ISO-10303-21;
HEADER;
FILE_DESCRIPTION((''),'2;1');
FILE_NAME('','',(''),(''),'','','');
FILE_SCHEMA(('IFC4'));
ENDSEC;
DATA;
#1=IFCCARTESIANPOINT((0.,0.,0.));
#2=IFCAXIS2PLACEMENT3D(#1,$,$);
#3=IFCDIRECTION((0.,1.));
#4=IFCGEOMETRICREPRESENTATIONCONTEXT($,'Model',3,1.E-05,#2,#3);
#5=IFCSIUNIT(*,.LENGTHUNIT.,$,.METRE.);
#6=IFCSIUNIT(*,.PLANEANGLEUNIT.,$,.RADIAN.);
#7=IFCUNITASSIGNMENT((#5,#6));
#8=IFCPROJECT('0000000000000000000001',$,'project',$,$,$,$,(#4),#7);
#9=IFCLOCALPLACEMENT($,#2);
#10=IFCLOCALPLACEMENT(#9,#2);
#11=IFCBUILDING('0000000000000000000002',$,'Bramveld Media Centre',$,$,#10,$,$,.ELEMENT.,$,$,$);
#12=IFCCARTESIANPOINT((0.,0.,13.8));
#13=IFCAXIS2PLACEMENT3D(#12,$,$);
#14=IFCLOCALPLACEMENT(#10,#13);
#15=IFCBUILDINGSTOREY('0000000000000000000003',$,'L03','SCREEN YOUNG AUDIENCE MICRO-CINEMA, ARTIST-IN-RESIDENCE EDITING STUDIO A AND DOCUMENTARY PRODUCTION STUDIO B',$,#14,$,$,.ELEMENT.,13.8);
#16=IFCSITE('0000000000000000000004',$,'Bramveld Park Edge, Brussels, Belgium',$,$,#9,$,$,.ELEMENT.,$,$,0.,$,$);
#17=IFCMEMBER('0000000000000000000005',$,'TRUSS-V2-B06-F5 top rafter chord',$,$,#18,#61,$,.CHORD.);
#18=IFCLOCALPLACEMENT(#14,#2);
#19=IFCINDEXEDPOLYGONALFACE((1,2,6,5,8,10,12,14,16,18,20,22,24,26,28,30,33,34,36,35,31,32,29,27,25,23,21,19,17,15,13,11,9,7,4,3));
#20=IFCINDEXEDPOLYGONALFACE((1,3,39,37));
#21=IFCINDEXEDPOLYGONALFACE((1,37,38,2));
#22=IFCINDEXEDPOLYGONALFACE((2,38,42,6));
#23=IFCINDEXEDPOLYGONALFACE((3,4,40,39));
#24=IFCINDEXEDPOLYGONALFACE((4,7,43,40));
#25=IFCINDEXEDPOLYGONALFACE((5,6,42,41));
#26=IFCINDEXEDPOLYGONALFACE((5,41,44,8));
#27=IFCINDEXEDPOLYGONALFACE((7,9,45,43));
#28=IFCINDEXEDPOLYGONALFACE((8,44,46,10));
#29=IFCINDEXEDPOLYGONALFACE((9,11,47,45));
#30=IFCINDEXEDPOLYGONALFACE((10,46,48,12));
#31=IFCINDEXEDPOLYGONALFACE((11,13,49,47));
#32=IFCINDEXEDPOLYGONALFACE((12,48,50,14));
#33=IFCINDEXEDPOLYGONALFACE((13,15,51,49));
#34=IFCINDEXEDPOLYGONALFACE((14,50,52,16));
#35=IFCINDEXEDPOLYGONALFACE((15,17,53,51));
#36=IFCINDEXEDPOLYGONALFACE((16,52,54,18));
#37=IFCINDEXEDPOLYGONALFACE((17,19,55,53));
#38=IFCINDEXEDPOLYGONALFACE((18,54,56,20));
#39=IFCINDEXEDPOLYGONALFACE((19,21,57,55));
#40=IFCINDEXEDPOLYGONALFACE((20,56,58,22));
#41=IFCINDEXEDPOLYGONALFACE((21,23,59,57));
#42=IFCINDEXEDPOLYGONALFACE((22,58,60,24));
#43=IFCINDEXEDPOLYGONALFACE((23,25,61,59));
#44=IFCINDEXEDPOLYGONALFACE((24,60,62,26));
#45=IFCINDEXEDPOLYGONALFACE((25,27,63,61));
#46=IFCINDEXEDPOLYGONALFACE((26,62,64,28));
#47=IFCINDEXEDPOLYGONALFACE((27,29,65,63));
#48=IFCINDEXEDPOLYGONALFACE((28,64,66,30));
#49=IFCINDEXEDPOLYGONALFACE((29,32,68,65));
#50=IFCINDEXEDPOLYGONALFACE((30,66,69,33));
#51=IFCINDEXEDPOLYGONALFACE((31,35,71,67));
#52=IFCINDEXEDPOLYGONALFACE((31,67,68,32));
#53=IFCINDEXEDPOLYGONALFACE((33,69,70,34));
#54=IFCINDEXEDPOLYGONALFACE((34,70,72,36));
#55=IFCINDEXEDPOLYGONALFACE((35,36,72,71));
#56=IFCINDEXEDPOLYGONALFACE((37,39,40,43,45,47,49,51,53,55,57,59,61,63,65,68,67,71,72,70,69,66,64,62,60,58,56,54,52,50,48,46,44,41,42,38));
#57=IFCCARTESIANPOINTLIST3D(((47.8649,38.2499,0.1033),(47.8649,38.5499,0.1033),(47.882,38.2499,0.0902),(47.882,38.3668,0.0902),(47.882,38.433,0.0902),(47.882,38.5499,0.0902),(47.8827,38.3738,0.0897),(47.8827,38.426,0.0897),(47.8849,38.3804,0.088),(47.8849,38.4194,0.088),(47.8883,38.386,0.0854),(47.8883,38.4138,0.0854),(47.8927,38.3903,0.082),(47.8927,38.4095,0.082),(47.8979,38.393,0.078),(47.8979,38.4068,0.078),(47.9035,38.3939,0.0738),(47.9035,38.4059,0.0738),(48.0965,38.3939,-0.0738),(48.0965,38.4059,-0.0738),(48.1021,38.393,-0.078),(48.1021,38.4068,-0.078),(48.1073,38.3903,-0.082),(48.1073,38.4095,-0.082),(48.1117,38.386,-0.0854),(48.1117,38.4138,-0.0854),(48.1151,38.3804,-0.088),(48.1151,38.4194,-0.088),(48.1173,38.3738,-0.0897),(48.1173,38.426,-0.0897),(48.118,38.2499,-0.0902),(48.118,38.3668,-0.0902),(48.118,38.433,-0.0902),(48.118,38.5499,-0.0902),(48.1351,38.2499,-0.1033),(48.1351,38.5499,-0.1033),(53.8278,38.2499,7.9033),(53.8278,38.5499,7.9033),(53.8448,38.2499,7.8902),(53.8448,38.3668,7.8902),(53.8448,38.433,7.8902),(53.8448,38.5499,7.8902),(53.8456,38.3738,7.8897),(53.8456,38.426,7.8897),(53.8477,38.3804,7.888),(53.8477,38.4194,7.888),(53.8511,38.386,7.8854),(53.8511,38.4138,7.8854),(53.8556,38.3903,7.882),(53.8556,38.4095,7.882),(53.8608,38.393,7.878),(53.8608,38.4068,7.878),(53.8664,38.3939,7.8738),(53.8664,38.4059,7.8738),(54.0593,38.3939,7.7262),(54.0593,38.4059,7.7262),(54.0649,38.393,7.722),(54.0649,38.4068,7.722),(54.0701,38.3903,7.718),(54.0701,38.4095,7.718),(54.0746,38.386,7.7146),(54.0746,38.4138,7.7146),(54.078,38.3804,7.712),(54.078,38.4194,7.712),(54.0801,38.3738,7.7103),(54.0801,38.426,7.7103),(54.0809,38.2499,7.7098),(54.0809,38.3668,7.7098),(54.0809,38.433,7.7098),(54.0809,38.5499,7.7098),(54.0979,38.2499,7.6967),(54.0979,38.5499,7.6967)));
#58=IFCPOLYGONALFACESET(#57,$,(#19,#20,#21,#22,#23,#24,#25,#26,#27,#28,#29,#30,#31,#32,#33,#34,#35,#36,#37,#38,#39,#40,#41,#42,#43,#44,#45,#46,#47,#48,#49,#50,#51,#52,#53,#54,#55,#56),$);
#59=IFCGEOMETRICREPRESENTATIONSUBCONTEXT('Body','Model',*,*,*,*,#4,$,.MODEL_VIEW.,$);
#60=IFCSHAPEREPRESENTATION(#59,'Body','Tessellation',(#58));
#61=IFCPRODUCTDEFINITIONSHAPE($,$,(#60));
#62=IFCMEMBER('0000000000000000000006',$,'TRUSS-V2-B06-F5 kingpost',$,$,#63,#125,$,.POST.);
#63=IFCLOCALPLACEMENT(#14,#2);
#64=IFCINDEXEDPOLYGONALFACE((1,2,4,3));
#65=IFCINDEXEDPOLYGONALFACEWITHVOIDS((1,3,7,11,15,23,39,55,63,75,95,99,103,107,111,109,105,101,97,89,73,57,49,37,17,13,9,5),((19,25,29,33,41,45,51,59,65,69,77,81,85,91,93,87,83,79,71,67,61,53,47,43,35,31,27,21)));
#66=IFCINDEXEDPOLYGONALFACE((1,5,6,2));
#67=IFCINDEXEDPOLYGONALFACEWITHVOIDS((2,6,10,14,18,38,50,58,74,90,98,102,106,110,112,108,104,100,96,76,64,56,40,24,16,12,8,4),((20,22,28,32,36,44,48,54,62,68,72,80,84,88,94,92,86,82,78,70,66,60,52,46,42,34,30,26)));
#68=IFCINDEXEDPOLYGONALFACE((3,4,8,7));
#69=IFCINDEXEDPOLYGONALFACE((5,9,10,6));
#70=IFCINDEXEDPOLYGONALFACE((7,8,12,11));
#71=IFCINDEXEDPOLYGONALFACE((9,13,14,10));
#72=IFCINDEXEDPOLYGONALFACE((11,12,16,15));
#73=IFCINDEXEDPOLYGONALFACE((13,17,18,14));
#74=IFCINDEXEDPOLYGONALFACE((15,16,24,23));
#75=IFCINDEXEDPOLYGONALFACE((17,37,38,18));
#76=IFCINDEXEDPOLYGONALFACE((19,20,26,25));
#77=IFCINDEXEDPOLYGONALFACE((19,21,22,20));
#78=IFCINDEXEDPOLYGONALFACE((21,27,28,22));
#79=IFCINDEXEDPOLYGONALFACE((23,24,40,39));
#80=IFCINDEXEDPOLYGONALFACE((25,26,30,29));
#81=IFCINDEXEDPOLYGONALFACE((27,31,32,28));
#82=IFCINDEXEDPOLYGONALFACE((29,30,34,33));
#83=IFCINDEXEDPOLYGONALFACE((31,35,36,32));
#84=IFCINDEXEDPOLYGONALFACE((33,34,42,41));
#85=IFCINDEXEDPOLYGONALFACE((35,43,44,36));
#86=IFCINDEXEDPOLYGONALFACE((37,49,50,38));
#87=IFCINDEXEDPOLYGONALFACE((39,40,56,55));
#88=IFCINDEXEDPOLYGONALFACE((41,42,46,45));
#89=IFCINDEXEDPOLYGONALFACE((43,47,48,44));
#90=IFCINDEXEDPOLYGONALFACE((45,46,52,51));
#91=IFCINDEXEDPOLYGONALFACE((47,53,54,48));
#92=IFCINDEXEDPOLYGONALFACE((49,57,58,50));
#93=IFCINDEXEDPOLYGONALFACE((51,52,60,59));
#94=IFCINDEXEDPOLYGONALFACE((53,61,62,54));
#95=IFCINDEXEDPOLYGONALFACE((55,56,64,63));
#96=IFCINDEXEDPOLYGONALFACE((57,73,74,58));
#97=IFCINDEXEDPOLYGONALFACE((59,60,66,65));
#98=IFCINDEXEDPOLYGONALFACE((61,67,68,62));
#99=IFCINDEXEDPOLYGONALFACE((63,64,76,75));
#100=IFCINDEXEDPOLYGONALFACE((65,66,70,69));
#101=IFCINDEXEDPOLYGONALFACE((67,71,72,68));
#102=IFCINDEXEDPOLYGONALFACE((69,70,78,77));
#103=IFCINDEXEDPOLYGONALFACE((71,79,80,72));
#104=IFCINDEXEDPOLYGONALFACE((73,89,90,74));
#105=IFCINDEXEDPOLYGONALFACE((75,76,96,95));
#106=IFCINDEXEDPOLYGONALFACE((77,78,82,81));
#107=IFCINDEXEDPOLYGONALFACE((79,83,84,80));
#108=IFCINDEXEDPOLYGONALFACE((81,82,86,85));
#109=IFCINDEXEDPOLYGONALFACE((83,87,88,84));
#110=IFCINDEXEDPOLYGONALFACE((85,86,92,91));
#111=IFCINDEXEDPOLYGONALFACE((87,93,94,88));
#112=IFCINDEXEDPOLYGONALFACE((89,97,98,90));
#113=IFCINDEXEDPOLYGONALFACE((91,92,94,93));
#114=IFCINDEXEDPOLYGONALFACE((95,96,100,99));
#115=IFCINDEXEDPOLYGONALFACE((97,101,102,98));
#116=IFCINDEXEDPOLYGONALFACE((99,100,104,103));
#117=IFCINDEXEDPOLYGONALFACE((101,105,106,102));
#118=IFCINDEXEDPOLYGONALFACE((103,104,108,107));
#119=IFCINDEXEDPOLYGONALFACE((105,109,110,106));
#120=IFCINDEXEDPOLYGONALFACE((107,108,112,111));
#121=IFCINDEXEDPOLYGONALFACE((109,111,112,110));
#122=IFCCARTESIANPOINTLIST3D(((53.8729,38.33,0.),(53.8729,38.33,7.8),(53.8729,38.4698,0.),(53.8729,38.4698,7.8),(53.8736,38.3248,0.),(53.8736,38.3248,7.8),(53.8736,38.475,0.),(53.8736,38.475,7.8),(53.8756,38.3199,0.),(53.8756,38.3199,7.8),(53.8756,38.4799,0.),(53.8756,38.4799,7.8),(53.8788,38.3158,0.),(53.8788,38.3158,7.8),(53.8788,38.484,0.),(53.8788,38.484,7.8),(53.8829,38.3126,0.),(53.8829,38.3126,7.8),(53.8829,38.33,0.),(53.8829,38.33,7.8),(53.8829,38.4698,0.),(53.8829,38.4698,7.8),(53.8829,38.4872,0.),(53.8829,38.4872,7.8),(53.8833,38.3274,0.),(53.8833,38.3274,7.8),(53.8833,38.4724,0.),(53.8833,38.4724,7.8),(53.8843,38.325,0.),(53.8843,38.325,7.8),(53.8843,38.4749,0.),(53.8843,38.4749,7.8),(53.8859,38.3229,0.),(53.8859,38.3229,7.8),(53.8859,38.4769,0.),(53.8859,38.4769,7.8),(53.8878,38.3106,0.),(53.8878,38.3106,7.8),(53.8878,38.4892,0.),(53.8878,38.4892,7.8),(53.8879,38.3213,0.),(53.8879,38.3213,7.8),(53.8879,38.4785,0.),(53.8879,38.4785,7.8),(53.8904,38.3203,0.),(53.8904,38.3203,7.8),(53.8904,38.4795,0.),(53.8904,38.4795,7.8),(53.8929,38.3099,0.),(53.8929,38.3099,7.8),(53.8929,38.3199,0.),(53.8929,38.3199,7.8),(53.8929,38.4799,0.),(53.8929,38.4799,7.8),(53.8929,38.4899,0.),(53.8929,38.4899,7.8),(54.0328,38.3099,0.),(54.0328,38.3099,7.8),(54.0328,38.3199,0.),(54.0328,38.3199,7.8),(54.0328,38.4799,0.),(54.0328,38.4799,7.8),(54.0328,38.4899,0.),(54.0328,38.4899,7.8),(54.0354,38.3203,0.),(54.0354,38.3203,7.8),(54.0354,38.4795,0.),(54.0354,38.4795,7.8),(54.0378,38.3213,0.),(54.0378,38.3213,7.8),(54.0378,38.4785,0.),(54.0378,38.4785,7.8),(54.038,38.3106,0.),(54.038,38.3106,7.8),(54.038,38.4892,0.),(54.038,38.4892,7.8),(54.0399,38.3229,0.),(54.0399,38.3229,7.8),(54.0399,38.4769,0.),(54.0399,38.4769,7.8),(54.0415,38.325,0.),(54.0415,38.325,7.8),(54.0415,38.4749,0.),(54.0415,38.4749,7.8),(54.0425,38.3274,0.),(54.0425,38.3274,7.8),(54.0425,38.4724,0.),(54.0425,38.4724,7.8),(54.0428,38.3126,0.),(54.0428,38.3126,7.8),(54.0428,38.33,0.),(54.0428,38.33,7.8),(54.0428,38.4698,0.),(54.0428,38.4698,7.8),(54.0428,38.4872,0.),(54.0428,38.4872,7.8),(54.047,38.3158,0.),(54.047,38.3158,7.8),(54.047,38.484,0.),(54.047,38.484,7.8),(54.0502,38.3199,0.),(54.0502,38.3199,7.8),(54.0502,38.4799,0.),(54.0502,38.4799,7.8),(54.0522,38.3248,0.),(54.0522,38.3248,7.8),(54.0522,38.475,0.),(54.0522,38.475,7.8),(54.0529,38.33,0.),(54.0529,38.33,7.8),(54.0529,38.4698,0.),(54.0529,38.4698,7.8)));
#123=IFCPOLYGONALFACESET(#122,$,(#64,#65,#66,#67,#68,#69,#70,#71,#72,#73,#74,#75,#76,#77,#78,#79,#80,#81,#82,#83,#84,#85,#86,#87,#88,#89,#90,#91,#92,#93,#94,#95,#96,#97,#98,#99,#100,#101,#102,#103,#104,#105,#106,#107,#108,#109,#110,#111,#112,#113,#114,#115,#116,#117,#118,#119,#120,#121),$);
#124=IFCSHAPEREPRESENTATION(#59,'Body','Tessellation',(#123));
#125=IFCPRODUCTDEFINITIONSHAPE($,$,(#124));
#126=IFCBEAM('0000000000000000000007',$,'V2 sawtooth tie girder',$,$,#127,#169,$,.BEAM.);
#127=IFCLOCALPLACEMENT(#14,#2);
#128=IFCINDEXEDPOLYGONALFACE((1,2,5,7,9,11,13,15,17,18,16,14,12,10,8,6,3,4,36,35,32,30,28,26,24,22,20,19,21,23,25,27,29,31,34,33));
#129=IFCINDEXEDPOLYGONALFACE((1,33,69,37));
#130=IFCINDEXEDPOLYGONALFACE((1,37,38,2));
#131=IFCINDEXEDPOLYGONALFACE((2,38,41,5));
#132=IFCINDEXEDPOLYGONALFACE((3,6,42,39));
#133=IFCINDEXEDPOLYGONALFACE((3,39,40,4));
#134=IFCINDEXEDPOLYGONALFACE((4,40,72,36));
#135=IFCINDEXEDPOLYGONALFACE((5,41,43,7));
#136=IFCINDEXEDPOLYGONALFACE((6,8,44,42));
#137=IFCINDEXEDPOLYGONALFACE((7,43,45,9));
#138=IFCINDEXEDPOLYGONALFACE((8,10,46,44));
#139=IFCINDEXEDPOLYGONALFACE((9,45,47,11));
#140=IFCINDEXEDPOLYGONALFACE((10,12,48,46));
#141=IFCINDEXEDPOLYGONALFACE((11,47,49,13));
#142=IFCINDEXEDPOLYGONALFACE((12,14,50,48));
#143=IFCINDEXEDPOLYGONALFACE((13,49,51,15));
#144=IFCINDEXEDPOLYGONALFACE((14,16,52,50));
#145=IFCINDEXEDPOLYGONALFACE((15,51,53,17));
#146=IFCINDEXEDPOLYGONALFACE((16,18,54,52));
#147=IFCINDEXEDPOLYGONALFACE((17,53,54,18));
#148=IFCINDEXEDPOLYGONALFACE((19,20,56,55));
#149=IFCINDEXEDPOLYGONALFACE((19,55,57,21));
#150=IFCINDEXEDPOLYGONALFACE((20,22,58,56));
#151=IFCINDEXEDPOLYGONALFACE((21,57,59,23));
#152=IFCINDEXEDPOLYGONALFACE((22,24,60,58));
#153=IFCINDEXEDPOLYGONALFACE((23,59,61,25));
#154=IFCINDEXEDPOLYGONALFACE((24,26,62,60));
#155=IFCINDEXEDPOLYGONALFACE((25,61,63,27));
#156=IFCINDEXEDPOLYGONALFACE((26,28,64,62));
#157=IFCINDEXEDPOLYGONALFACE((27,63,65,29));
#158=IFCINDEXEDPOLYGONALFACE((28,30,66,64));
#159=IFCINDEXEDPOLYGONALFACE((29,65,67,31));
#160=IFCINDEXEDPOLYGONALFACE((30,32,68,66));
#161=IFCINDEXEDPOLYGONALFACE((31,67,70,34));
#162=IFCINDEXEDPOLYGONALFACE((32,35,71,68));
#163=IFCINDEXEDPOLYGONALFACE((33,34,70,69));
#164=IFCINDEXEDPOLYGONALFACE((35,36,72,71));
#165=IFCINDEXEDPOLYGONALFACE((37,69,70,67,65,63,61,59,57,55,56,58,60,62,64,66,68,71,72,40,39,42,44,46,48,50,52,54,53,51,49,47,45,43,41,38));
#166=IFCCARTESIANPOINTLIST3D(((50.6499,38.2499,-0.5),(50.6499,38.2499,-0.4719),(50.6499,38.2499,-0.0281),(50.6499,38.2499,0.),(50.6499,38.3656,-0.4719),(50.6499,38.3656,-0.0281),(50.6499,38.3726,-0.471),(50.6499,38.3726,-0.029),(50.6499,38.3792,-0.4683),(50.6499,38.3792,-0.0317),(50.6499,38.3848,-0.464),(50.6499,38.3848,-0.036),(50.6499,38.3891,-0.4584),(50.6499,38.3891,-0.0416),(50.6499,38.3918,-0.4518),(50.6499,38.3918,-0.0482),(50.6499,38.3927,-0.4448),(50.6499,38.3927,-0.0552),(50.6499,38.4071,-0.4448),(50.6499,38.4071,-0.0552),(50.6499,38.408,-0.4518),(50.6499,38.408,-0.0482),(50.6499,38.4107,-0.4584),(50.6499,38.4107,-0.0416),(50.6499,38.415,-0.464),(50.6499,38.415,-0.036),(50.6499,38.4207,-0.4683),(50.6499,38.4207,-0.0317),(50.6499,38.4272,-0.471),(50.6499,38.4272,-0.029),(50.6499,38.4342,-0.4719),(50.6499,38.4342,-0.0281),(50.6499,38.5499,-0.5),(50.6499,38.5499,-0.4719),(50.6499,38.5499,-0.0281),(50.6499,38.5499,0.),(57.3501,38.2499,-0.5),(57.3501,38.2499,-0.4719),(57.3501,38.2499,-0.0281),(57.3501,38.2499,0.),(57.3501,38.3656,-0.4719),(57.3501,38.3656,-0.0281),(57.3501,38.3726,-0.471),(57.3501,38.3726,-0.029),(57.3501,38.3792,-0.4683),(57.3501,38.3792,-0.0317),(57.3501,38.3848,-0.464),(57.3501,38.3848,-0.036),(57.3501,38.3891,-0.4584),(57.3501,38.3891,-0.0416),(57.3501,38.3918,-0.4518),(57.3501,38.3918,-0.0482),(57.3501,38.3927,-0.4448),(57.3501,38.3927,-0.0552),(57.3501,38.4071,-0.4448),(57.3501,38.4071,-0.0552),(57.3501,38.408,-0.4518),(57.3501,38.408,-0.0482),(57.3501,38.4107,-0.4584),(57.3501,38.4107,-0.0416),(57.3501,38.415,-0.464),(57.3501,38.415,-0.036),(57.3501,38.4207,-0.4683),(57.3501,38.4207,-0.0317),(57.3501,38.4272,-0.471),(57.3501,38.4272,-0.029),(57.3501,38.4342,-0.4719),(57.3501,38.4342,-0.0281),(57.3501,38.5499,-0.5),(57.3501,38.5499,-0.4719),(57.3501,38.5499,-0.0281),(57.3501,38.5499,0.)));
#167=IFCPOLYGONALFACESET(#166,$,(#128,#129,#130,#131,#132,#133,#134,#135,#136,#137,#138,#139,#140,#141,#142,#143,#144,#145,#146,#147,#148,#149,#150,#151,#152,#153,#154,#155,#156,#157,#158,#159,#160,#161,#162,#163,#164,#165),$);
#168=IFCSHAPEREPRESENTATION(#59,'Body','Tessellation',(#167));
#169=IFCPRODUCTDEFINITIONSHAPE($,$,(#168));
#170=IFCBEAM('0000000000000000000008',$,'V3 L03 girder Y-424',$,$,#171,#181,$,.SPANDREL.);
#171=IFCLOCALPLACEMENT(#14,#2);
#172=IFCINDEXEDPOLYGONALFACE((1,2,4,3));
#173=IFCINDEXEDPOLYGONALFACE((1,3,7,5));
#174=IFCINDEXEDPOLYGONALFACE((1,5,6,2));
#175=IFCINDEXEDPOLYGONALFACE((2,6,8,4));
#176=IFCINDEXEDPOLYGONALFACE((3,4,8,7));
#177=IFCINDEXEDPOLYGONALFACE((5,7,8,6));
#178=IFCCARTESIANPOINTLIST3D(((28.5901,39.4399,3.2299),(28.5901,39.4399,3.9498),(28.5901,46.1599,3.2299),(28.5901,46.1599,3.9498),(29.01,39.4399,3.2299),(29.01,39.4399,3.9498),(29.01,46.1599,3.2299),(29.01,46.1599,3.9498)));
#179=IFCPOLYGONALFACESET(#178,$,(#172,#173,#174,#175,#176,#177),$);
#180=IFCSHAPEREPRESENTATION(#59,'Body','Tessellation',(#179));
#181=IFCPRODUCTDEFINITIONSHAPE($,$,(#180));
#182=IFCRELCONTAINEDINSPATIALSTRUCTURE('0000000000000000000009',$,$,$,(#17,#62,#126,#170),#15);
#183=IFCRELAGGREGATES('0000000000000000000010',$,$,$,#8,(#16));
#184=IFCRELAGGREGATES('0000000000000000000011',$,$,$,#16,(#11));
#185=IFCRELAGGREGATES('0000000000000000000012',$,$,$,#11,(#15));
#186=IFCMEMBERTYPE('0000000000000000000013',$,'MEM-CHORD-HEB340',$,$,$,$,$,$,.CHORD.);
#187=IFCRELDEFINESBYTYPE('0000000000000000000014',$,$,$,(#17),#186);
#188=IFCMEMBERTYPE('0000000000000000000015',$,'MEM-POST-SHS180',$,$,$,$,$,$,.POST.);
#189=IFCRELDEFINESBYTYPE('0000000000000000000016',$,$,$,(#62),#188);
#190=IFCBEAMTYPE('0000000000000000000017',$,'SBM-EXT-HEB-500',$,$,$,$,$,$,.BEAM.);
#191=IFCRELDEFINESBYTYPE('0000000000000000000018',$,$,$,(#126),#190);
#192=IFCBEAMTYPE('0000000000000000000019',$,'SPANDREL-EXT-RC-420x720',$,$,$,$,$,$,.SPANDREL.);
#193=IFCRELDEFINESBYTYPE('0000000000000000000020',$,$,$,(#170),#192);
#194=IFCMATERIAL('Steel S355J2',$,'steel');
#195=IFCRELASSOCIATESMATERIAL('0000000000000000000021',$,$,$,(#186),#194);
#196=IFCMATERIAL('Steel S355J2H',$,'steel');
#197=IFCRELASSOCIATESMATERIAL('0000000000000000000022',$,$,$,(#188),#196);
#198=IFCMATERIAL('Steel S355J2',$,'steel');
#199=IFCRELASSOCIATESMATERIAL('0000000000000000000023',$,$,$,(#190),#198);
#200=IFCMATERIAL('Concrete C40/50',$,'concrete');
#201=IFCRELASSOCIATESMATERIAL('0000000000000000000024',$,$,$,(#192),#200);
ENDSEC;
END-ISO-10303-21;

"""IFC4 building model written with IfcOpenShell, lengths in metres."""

from ifc_helpers import new_model, si_unit, direction, frame, origin, origin_2d, place, context, subcontext, project, spatial, rectangle, hollow_rectangle, i_section, extrude, material, material_profile, profile_set, type_object, element, save


model = new_model("IFC4")

# Units and contexts
model_context = context("Model", 3, precision=1e-05, world=origin(), true_north=direction((0.0, 1.0)))
body_context = subcontext(model_context, "Body", "Model", "MODEL_VIEW")
ifc_project = project(units=[si_unit("LENGTHUNIT", "METRE"), si_unit("PLANEANGLEUNIT", "RADIAN")], contexts=[model_context])

# Site, building, storey
site_placement = place(None, origin())
site = spatial("IfcSite", under=ifc_project, at=site_placement, Name="Bramveld Park Edge, Brussels, Belgium", CompositionType="ELEMENT", RefElevation=0.0)
building_placement = place(site_placement, origin())
building = spatial("IfcBuilding", under=site, at=building_placement, Name="Bramveld Media Centre", CompositionType="ELEMENT")
storey_placement = place(building_placement, frame((0.0, 0.0, 13.8)))
storey = spatial("IfcBuildingStorey", under=building, at=storey_placement, Name="L03", Description="SCREEN YOUNG AUDIENCE MICRO-CINEMA, ARTIST-IN-RESIDENCE EDITING STUDIO A AND DOCUMENTARY PRODUCTION STUDIO B", CompositionType="ELEMENT", Elevation=13.8)

# Members
ifc_material_1 = material(Name="Steel S355J2", Category="steel")
ifc_material_profile_1 = material_profile(ifc_material_1, i_section(OverallWidth=0.3, OverallDepth=0.3401, WebThickness=0.012, FlangeThickness=0.0215, FilletRadius=0.0271, at=origin_2d()), Name="HEB 340")
ifc_profile_set_1 = profile_set([ifc_material_profile_1], Name="Steel S355J2")
member_type_1 = type_object("IfcMemberType", Name="MEM-CHORD-HEB340", PredefinedType="CHORD", material=ifc_profile_set_1)
member_1_placement = place(storey_placement, frame((48.0, 38.3999, 0.0), z_axis=(0.607331, 0.0, 0.794449), x_axis=(0.0, 1.0, 0.0)))
element("IfcMember", 1, at=member_1_placement, inside=storey, type_object=member_type_1, Name="TRUSS-V2-B06-F5 top rafter chord", PredefinedType="CHORD", context=body_context, shape_type="SweptSolid", body=[
    extrude(i_section(OverallWidth=0.3, OverallDepth=0.3401, WebThickness=0.012, FlangeThickness=0.0215, FilletRadius=0.0271, at=origin_2d()), origin(), (0.0, 0.0, 1.0), 9.8181),
])
ifc_material_2 = material(Name="Steel S355J2H", Category="steel")
ifc_material_profile_2 = material_profile(ifc_material_2, hollow_rectangle(XDim=0.1799, YDim=0.1799, WallThickness=0.01, InnerFilletRadius=0.01, OuterFilletRadius=0.02, at=origin_2d()), Name="SHS 180x180x10")
ifc_profile_set_2 = profile_set([ifc_material_profile_2], Name="Steel S355J2H")
member_type_2 = type_object("IfcMemberType", Name="MEM-POST-SHS180", PredefinedType="POST", material=ifc_profile_set_2)
member_2_placement = place(storey_placement, frame((53.9629, 38.3999, 0.0), z_axis=(0.0, 0.0, 1.0), x_axis=(1.0, 0.0, 0.0)))
element("IfcMember", 2, at=member_2_placement, inside=storey, type_object=member_type_2, Name="TRUSS-V2-B06-F5 kingpost", PredefinedType="POST", context=body_context, shape_type="SweptSolid", body=[
    extrude(hollow_rectangle(XDim=0.1799, YDim=0.1799, WallThickness=0.01, InnerFilletRadius=0.01, OuterFilletRadius=0.02, at=origin_2d()), origin(), (0.0, 0.0, 1.0), 7.8),
])

# Beams
ifc_material_3 = material(Name="Steel S355J2", Category="steel")
ifc_material_profile_3 = material_profile(ifc_material_3, i_section(OverallWidth=0.3, OverallDepth=0.5, WebThickness=0.0144, FlangeThickness=0.0281, FilletRadius=0.0271, at=origin_2d()), Name="HEB 500")
ifc_profile_set_3 = profile_set([ifc_material_profile_3], Name="Steel S355J2")
beam_type_1 = type_object("IfcBeamType", Name="SBM-EXT-HEB-500", PredefinedType="BEAM", material=ifc_profile_set_3)
beam_1_placement = place(storey_placement, frame((50.6499, 38.3999, -0.25), z_axis=(1.0, 0.0, 0.0), x_axis=(0.0, 1.0, 0.0)))
element("IfcBeam", 3, at=beam_1_placement, inside=storey, type_object=beam_type_1, Name="V2 sawtooth tie girder", PredefinedType="BEAM", context=body_context, shape_type="SweptSolid", body=[
    extrude(i_section(OverallWidth=0.3, OverallDepth=0.5, WebThickness=0.0144, FlangeThickness=0.0281, FilletRadius=0.0271, at=origin_2d()), origin(), (0.0, 0.0, 1.0), 6.7002),
])
ifc_material_4 = material(Name="Concrete C40/50", Category="concrete")
ifc_material_profile_4 = material_profile(ifc_material_4, rectangle(XDim=0.4199, YDim=0.72, at=origin_2d()), Name="RC 420x720")
ifc_profile_set_4 = profile_set([ifc_material_profile_4], Name="Concrete C40/50")
beam_type_2 = type_object("IfcBeamType", Name="SPANDREL-EXT-RC-420x720", PredefinedType="SPANDREL", material=ifc_profile_set_4)
beam_2_placement = place(storey_placement, frame((28.8, 39.4399, 3.5898), z_axis=(0.0, 1.0, 0.0), x_axis=(-1.0, 0.0, 0.0)))
element("IfcBeam", 4, at=beam_2_placement, inside=storey, type_object=beam_type_2, Name="V3 L03 girder Y-424", PredefinedType="SPANDREL", context=body_context, shape_type="SweptSolid", body=[
    extrude(rectangle(XDim=0.4199, YDim=0.72, at=origin_2d()), origin(), (0.0, 0.0, 1.0), 6.72),
])

save(model, "model.ifc")
